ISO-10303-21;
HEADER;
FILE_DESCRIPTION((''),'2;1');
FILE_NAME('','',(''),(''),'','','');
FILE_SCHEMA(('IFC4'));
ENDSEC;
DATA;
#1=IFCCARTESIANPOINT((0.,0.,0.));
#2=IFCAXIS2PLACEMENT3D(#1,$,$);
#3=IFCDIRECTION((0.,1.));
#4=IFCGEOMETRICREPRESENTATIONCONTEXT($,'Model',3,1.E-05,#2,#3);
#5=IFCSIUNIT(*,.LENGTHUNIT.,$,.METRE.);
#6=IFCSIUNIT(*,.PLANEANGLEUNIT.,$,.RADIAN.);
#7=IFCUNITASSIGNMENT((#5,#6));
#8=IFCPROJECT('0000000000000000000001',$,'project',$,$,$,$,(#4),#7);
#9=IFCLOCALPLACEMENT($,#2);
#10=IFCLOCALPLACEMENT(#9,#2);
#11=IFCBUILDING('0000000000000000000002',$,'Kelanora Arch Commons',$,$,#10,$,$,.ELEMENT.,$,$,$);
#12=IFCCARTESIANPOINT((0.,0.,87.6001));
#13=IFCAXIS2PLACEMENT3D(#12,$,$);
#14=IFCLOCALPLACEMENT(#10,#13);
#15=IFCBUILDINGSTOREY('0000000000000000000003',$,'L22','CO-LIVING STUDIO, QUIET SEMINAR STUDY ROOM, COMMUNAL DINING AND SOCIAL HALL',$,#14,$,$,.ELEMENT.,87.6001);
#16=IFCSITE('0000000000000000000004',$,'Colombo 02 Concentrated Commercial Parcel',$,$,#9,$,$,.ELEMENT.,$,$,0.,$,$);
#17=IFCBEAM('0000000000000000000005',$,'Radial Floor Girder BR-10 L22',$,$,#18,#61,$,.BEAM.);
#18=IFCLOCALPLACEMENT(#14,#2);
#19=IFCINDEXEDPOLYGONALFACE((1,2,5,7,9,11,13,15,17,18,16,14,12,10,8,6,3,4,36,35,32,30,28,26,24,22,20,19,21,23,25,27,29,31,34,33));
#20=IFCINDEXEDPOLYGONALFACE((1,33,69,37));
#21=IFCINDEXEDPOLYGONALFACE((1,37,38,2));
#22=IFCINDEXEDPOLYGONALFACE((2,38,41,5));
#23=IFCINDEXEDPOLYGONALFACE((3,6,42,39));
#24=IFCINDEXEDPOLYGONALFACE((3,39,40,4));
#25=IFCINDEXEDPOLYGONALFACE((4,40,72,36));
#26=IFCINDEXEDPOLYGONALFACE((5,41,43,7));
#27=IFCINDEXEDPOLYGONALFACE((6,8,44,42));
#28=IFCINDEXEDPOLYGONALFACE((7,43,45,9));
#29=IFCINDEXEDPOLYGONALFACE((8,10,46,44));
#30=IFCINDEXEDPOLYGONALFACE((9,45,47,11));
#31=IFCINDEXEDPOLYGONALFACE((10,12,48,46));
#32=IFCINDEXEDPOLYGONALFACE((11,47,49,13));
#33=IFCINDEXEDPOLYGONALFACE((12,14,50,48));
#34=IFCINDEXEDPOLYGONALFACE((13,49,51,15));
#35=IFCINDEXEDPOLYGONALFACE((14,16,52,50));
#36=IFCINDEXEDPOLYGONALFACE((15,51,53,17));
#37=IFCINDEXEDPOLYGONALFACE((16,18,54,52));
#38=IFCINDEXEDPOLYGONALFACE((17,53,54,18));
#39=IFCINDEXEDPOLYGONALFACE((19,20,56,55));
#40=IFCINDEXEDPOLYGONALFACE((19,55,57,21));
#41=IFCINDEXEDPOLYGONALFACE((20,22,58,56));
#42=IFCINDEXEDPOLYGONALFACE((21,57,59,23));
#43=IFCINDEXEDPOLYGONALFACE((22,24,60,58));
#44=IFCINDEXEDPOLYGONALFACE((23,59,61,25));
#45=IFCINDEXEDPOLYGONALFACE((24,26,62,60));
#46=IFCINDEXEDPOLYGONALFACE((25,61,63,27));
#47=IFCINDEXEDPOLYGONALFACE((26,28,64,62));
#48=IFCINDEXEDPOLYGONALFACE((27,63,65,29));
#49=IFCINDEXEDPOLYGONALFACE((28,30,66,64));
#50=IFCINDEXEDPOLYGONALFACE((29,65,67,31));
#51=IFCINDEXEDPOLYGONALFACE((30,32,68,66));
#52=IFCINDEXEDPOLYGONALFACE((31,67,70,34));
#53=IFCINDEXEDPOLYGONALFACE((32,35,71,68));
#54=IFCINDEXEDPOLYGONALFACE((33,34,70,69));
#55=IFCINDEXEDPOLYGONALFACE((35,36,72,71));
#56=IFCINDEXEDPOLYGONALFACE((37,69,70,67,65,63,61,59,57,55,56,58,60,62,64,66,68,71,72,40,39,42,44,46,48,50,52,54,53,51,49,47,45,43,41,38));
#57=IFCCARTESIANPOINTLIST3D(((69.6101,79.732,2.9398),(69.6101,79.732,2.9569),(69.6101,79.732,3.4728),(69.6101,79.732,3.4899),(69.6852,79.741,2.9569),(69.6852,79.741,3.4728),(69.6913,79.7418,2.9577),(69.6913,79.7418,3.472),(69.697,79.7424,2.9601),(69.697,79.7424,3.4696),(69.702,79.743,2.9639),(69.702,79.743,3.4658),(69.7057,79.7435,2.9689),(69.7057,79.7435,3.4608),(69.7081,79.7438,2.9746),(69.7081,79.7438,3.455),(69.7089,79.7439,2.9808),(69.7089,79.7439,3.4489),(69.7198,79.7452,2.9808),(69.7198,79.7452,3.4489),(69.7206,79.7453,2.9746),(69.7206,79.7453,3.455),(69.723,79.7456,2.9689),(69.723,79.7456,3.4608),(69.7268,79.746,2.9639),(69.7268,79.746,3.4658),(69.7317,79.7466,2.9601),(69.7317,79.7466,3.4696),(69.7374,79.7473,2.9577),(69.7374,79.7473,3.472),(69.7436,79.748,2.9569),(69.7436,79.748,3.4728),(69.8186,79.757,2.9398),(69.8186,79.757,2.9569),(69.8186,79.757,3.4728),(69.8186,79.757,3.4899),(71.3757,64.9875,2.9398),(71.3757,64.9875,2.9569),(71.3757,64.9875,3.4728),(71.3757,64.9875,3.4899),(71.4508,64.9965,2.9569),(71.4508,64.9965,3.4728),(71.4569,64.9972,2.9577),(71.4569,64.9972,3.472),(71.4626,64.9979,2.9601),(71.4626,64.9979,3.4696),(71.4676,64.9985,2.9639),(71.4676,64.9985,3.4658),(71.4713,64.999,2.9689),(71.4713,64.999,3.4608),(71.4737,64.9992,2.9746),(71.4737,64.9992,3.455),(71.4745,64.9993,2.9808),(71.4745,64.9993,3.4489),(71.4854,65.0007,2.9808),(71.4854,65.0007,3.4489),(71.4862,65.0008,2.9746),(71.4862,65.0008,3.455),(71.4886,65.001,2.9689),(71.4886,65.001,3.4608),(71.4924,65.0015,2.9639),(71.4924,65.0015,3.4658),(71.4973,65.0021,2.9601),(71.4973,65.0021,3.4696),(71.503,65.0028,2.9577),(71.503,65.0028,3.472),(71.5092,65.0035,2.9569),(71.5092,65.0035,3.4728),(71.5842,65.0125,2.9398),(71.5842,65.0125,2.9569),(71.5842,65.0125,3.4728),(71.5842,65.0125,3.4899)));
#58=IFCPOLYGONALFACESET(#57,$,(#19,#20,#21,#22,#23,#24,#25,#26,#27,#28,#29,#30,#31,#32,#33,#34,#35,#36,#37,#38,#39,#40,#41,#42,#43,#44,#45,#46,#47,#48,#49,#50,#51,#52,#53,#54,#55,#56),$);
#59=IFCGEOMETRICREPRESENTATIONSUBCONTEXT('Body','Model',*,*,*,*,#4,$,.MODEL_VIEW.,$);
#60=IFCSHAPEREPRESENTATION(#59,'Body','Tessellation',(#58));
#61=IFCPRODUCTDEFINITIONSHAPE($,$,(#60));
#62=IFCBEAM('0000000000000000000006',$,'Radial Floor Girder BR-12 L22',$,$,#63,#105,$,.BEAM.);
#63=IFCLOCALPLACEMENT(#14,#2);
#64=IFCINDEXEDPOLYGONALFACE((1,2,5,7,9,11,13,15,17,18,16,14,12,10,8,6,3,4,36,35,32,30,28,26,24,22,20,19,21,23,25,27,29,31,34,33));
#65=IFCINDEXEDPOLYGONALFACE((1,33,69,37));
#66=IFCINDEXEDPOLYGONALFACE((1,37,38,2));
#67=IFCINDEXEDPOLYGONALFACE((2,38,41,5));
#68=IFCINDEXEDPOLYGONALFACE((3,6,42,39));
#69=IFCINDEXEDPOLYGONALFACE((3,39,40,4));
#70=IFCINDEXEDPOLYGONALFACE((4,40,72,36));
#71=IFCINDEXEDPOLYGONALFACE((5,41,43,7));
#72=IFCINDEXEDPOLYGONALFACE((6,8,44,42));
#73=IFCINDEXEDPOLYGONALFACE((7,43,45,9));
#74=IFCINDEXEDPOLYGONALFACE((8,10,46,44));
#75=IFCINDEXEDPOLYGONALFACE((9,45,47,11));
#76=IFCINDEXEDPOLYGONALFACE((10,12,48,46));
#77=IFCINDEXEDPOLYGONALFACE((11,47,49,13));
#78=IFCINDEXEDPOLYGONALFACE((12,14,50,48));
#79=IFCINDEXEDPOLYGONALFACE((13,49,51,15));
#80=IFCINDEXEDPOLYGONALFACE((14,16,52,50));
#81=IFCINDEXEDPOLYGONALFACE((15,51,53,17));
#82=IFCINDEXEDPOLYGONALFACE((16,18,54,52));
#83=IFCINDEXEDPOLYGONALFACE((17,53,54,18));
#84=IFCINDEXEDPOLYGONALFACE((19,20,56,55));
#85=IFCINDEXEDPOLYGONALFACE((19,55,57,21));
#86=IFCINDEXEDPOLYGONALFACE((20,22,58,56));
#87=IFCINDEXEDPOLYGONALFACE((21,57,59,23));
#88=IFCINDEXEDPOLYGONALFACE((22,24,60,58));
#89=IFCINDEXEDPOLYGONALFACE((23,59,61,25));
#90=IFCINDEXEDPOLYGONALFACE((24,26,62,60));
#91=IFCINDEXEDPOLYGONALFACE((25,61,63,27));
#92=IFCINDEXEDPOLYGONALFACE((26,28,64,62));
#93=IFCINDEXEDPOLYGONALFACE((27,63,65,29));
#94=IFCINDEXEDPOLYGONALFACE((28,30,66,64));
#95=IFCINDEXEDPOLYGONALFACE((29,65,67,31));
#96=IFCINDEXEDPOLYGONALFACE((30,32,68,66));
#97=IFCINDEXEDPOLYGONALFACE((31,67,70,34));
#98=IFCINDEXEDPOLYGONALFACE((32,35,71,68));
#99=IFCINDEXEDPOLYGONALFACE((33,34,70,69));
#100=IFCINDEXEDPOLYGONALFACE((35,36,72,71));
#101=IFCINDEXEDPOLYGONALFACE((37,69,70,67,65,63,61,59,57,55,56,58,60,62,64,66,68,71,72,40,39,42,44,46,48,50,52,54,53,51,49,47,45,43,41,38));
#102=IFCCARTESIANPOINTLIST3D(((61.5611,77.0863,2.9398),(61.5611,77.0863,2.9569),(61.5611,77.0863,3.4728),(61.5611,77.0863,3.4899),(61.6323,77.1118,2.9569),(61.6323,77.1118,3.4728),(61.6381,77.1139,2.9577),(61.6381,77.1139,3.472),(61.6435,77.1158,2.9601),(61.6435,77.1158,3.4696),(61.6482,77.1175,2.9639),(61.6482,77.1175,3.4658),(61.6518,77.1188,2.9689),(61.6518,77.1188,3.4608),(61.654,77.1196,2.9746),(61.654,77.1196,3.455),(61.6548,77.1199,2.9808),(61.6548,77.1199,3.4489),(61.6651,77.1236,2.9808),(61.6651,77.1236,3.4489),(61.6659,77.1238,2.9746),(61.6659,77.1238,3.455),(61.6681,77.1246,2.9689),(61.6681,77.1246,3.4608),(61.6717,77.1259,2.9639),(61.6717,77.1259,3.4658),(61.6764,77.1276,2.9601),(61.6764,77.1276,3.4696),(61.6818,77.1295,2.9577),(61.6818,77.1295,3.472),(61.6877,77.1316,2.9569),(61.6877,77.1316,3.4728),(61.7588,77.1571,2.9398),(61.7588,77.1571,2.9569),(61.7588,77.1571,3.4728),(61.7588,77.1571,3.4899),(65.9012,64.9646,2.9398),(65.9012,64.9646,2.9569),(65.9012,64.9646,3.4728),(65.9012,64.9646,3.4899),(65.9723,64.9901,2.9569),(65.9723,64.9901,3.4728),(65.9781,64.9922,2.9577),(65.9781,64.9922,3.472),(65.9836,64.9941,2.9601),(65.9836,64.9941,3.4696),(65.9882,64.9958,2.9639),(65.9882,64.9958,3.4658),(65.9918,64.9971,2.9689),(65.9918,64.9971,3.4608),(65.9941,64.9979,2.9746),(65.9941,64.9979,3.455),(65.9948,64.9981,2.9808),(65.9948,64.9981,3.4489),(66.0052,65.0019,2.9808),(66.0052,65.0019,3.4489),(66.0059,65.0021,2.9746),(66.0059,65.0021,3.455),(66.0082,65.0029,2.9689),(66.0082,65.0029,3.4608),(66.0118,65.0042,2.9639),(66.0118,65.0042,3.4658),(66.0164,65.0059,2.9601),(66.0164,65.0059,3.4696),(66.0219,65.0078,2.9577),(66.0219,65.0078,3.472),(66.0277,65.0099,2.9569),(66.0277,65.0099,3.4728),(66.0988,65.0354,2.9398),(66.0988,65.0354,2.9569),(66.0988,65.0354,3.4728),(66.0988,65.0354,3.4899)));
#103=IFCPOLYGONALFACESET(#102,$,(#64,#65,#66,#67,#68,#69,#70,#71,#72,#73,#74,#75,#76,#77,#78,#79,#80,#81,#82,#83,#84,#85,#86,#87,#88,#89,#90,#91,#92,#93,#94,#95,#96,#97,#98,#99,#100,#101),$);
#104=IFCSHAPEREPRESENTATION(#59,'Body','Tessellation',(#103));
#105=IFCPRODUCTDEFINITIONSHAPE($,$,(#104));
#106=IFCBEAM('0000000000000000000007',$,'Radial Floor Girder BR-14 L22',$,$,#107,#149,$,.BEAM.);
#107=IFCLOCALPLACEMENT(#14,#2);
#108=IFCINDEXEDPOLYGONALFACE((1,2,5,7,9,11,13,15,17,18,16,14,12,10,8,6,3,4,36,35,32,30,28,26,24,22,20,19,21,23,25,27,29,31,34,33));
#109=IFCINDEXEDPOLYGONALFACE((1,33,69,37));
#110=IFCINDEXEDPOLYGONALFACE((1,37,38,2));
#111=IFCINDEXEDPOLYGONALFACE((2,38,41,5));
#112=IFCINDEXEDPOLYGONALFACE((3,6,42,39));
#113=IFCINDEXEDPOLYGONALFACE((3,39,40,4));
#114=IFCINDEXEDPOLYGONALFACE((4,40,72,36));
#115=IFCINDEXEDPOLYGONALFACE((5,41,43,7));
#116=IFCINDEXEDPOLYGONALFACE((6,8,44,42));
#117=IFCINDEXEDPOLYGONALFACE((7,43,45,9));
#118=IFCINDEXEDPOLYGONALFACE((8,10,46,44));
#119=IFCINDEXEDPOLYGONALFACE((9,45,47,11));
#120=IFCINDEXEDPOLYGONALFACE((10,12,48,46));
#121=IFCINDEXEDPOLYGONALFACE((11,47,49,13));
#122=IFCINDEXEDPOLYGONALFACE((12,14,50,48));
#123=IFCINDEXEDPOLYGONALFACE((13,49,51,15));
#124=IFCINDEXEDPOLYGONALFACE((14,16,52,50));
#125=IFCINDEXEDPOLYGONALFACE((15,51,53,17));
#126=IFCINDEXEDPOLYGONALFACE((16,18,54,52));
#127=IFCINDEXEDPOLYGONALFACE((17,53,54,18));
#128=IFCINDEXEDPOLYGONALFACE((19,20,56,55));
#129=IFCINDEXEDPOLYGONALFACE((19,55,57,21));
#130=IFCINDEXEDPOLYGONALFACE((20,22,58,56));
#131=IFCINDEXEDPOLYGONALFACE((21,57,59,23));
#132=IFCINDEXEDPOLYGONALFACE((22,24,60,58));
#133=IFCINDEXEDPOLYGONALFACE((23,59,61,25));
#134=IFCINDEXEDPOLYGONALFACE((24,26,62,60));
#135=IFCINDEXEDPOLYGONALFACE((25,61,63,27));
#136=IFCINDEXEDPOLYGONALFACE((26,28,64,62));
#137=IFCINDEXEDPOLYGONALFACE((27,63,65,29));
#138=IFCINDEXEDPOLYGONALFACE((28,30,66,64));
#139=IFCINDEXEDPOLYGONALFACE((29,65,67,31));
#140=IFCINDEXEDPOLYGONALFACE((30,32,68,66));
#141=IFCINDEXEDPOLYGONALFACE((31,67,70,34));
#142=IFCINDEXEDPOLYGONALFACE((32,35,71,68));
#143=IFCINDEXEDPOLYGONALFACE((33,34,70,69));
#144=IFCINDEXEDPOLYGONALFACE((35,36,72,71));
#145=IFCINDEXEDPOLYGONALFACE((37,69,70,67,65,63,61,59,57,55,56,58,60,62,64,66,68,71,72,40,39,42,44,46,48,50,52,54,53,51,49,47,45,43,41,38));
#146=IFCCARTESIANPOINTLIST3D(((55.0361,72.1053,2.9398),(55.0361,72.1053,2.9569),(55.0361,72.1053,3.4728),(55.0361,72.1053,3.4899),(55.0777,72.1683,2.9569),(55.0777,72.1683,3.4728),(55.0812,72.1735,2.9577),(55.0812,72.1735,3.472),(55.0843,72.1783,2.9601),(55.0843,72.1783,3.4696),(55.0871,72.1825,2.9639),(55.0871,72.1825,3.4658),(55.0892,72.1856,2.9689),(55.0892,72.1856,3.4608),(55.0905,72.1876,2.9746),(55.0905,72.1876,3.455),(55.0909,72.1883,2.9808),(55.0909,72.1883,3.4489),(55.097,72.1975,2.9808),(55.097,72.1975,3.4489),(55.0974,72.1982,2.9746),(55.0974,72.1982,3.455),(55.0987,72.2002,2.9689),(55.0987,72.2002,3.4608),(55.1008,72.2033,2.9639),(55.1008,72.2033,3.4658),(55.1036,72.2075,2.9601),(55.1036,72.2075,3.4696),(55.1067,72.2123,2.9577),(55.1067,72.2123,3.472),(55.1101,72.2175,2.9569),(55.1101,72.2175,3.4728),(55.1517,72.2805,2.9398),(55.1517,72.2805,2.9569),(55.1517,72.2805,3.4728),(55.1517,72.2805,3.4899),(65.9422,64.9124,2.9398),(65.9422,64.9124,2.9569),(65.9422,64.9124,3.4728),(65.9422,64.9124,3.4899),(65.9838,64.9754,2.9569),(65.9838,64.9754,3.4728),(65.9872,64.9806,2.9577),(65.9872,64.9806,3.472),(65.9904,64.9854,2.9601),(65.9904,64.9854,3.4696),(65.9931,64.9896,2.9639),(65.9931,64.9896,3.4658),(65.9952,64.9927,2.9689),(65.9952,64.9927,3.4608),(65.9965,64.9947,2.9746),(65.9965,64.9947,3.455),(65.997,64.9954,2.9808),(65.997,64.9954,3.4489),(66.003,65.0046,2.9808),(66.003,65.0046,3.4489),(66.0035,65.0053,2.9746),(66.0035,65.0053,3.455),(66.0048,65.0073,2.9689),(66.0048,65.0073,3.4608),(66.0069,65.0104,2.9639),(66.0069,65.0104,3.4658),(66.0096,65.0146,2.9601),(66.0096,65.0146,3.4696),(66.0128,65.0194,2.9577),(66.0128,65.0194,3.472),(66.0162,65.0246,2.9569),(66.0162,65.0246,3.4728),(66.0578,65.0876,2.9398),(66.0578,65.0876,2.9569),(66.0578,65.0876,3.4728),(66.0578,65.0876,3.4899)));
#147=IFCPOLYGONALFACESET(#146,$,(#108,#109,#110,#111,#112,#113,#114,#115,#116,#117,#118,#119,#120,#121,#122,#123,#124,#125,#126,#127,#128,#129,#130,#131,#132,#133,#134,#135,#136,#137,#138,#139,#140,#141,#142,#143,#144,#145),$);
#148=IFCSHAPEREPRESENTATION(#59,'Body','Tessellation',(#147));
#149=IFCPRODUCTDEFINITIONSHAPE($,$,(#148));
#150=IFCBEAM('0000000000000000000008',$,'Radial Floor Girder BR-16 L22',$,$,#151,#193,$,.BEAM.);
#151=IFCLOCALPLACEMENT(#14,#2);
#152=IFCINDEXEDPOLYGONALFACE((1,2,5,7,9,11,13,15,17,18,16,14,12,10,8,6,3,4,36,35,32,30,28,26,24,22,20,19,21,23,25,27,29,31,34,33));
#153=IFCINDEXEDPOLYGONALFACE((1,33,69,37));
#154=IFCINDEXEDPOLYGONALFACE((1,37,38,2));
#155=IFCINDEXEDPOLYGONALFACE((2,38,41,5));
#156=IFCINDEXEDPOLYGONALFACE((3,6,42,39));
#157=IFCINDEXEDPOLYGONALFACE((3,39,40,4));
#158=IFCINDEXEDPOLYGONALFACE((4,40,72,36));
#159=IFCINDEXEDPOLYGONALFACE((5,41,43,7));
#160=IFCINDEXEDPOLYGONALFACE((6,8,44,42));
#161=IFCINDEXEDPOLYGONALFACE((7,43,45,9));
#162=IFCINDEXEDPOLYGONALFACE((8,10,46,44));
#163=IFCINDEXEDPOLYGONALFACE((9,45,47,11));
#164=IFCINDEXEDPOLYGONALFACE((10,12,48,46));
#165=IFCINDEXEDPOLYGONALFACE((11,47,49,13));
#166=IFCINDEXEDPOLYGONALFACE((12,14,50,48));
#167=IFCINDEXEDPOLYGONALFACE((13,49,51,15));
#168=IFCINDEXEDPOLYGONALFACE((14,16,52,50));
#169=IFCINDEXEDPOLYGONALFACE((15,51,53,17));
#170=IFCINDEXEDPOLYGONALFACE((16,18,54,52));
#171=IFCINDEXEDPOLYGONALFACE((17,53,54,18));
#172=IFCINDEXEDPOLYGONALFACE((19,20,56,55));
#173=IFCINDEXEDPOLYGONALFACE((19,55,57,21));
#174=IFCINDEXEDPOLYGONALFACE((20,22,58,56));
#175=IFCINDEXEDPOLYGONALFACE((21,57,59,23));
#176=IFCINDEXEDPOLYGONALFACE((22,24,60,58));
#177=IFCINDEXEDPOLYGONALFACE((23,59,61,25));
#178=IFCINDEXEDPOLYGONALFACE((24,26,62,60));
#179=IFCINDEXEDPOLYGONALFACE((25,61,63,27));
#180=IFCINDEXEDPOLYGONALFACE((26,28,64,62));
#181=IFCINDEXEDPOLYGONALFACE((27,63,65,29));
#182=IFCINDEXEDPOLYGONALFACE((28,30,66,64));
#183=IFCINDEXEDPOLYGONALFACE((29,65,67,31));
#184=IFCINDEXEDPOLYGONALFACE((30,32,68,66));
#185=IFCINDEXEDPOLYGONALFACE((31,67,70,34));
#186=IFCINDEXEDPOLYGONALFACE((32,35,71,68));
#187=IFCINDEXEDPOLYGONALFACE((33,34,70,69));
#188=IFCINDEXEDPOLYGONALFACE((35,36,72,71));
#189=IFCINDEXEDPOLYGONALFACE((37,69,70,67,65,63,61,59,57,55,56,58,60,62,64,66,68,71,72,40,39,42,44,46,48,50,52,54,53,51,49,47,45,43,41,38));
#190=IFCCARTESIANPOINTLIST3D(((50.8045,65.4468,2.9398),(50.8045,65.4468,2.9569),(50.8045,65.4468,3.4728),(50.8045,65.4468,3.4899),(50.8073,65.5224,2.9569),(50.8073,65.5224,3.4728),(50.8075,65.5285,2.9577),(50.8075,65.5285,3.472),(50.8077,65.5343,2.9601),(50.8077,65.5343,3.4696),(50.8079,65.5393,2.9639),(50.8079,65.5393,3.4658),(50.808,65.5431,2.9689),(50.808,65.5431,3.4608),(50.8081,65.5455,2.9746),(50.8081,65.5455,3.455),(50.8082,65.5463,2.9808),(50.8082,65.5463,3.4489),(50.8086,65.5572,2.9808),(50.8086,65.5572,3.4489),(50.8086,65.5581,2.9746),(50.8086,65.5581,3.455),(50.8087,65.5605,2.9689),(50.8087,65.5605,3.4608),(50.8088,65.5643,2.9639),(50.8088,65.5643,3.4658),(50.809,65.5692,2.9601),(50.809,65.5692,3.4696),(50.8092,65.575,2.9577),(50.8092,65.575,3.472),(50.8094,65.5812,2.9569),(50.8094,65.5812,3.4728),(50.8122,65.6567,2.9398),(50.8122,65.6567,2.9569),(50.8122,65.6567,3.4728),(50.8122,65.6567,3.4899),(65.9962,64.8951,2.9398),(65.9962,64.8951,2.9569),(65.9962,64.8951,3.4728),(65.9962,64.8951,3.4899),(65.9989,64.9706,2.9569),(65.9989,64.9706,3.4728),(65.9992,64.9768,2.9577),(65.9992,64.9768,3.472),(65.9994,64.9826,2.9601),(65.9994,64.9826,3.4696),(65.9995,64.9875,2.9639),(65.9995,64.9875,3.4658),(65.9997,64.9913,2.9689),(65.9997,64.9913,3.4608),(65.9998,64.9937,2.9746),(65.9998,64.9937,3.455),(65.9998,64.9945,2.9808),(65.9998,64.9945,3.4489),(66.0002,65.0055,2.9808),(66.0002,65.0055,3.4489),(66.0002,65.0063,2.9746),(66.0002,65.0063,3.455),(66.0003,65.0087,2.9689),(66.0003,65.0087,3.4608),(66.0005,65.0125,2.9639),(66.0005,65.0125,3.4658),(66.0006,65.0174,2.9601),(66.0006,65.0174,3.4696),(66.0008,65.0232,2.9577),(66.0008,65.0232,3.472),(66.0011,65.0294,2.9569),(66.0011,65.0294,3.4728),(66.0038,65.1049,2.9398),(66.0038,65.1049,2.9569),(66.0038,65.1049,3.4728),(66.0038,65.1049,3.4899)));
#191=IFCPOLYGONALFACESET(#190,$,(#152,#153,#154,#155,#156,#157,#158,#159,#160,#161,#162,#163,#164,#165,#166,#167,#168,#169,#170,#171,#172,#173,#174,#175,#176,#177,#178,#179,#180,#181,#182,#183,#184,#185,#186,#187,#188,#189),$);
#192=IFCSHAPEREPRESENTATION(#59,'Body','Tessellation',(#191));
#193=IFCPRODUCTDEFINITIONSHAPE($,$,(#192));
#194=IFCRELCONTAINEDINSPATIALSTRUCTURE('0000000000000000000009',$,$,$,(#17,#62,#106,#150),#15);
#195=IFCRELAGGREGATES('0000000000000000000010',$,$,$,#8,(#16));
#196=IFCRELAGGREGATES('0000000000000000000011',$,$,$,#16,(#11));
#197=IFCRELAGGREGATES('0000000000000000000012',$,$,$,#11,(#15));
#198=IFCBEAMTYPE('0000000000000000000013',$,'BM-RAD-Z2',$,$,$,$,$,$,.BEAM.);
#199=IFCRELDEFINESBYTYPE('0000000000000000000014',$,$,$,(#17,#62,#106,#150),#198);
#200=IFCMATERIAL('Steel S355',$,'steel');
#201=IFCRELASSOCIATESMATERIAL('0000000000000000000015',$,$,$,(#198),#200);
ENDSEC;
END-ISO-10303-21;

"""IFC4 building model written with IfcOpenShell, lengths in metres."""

from ifc_helpers import new_model, si_unit, direction, frame, origin, origin_2d, place, context, subcontext, project, spatial, i_section, extrude, material, material_profile, profile_set, type_object, element, save


model = new_model("IFC4")

# Units and contexts
model_context = context("Model", 3, precision=1e-05, world=origin(), true_north=direction((0.0, 1.0)))
body_context = subcontext(model_context, "Body", "Model", "MODEL_VIEW")
ifc_project = project(units=[si_unit("LENGTHUNIT", "METRE"), si_unit("PLANEANGLEUNIT", "RADIAN")], contexts=[model_context])

# Site, building, storey
site_placement = place(None, origin())
site = spatial("IfcSite", under=ifc_project, at=site_placement, Name="Colombo 02 Concentrated Commercial Parcel", CompositionType="ELEMENT", RefElevation=0.0)
building_placement = place(site_placement, origin())
building = spatial("IfcBuilding", under=site, at=building_placement, Name="Kelanora Arch Commons", CompositionType="ELEMENT")
storey_placement = place(building_placement, frame((0.0, 0.0, 87.6001)))
storey = spatial("IfcBuildingStorey", under=building, at=storey_placement, Name="L22", Description="CO-LIVING STUDIO, QUIET SEMINAR STUDY ROOM, COMMUNAL DINING AND SOCIAL HALL", CompositionType="ELEMENT", Elevation=87.6001)

# Beams
ifc_material_1 = material(Name="Steel S355", Category="steel")
ifc_material_profile_1 = material_profile(ifc_material_1, i_section(OverallWidth=0.21, OverallDepth=0.55, WebThickness=0.011, FlangeThickness=0.0171, FilletRadius=0.0239, at=origin_2d()), Name="IPE550")
ifc_profile_set_1 = profile_set([ifc_material_profile_1], Name="Steel S355")
beam_type_1 = type_object("IfcBeamType", Name="BM-RAD-Z2", PredefinedType="BEAM", material=ifc_profile_set_1)
beam_1_placement = place(storey_placement, frame((71.48, 65.0, 3.2148), z_axis=(-0.118898, 0.992907, 0.0), x_axis=(-0.992907, -0.118898, 0.0)))
element("IfcBeam", 1, at=beam_1_placement, inside=storey, type_object=beam_type_1, Name="Radial Floor Girder BR-10 L22", PredefinedType="BEAM", context=body_context, shape_type="SweptSolid", body=[
    extrude(i_section(OverallWidth=0.21, OverallDepth=0.55, WebThickness=0.011, FlangeThickness=0.0171, FilletRadius=0.0239, at=origin_2d()), origin(), (0.0, 0.0, 1.0), 14.8499),
])
beam_2_placement = place(storey_placement, frame((66.0, 65.0, 3.2148), z_axis=(-0.337085, 0.941474, 0.0), x_axis=(-0.941474, -0.337085, 0.0)))
element("IfcBeam", 2, at=beam_2_placement, inside=storey, type_object=beam_type_1, Name="Radial Floor Girder BR-12 L22", PredefinedType="BEAM", context=body_context, shape_type="SweptSolid", body=[
    extrude(i_section(OverallWidth=0.21, OverallDepth=0.55, WebThickness=0.011, FlangeThickness=0.0171, FilletRadius=0.0239, at=origin_2d()), origin(), (0.0, 0.0, 1.0), 12.8752),
])
beam_3_placement = place(storey_placement, frame((66.0, 65.0, 3.2148), z_axis=(-0.834789, 0.550571, 0.0), x_axis=(-0.550571, -0.834789, 0.0)))
element("IfcBeam", 3, at=beam_3_placement, inside=storey, type_object=beam_type_1, Name="Radial Floor Girder BR-14 L22", PredefinedType="BEAM", context=body_context, shape_type="SweptSolid", body=[
    extrude(i_section(OverallWidth=0.21, OverallDepth=0.55, WebThickness=0.011, FlangeThickness=0.0171, FilletRadius=0.0239, at=origin_2d()), origin(), (0.0, 0.0, 1.0), 13.0645),
])
beam_4_placement = place(storey_placement, frame((66.0, 65.0, 3.2148), z_axis=(-0.999341, 0.036296, 0.0), x_axis=(-0.036296, -0.999341, 0.0)))
element("IfcBeam", 4, at=beam_4_placement, inside=storey, type_object=beam_type_1, Name="Radial Floor Girder BR-16 L22", PredefinedType="BEAM", context=body_context, shape_type="SweptSolid", body=[
    extrude(i_section(OverallWidth=0.21, OverallDepth=0.55, WebThickness=0.011, FlangeThickness=0.0171, FilletRadius=0.0239, at=origin_2d()), origin(), (0.0, 0.0, 1.0), 15.2017),
])

save(model, "model.ifc")
